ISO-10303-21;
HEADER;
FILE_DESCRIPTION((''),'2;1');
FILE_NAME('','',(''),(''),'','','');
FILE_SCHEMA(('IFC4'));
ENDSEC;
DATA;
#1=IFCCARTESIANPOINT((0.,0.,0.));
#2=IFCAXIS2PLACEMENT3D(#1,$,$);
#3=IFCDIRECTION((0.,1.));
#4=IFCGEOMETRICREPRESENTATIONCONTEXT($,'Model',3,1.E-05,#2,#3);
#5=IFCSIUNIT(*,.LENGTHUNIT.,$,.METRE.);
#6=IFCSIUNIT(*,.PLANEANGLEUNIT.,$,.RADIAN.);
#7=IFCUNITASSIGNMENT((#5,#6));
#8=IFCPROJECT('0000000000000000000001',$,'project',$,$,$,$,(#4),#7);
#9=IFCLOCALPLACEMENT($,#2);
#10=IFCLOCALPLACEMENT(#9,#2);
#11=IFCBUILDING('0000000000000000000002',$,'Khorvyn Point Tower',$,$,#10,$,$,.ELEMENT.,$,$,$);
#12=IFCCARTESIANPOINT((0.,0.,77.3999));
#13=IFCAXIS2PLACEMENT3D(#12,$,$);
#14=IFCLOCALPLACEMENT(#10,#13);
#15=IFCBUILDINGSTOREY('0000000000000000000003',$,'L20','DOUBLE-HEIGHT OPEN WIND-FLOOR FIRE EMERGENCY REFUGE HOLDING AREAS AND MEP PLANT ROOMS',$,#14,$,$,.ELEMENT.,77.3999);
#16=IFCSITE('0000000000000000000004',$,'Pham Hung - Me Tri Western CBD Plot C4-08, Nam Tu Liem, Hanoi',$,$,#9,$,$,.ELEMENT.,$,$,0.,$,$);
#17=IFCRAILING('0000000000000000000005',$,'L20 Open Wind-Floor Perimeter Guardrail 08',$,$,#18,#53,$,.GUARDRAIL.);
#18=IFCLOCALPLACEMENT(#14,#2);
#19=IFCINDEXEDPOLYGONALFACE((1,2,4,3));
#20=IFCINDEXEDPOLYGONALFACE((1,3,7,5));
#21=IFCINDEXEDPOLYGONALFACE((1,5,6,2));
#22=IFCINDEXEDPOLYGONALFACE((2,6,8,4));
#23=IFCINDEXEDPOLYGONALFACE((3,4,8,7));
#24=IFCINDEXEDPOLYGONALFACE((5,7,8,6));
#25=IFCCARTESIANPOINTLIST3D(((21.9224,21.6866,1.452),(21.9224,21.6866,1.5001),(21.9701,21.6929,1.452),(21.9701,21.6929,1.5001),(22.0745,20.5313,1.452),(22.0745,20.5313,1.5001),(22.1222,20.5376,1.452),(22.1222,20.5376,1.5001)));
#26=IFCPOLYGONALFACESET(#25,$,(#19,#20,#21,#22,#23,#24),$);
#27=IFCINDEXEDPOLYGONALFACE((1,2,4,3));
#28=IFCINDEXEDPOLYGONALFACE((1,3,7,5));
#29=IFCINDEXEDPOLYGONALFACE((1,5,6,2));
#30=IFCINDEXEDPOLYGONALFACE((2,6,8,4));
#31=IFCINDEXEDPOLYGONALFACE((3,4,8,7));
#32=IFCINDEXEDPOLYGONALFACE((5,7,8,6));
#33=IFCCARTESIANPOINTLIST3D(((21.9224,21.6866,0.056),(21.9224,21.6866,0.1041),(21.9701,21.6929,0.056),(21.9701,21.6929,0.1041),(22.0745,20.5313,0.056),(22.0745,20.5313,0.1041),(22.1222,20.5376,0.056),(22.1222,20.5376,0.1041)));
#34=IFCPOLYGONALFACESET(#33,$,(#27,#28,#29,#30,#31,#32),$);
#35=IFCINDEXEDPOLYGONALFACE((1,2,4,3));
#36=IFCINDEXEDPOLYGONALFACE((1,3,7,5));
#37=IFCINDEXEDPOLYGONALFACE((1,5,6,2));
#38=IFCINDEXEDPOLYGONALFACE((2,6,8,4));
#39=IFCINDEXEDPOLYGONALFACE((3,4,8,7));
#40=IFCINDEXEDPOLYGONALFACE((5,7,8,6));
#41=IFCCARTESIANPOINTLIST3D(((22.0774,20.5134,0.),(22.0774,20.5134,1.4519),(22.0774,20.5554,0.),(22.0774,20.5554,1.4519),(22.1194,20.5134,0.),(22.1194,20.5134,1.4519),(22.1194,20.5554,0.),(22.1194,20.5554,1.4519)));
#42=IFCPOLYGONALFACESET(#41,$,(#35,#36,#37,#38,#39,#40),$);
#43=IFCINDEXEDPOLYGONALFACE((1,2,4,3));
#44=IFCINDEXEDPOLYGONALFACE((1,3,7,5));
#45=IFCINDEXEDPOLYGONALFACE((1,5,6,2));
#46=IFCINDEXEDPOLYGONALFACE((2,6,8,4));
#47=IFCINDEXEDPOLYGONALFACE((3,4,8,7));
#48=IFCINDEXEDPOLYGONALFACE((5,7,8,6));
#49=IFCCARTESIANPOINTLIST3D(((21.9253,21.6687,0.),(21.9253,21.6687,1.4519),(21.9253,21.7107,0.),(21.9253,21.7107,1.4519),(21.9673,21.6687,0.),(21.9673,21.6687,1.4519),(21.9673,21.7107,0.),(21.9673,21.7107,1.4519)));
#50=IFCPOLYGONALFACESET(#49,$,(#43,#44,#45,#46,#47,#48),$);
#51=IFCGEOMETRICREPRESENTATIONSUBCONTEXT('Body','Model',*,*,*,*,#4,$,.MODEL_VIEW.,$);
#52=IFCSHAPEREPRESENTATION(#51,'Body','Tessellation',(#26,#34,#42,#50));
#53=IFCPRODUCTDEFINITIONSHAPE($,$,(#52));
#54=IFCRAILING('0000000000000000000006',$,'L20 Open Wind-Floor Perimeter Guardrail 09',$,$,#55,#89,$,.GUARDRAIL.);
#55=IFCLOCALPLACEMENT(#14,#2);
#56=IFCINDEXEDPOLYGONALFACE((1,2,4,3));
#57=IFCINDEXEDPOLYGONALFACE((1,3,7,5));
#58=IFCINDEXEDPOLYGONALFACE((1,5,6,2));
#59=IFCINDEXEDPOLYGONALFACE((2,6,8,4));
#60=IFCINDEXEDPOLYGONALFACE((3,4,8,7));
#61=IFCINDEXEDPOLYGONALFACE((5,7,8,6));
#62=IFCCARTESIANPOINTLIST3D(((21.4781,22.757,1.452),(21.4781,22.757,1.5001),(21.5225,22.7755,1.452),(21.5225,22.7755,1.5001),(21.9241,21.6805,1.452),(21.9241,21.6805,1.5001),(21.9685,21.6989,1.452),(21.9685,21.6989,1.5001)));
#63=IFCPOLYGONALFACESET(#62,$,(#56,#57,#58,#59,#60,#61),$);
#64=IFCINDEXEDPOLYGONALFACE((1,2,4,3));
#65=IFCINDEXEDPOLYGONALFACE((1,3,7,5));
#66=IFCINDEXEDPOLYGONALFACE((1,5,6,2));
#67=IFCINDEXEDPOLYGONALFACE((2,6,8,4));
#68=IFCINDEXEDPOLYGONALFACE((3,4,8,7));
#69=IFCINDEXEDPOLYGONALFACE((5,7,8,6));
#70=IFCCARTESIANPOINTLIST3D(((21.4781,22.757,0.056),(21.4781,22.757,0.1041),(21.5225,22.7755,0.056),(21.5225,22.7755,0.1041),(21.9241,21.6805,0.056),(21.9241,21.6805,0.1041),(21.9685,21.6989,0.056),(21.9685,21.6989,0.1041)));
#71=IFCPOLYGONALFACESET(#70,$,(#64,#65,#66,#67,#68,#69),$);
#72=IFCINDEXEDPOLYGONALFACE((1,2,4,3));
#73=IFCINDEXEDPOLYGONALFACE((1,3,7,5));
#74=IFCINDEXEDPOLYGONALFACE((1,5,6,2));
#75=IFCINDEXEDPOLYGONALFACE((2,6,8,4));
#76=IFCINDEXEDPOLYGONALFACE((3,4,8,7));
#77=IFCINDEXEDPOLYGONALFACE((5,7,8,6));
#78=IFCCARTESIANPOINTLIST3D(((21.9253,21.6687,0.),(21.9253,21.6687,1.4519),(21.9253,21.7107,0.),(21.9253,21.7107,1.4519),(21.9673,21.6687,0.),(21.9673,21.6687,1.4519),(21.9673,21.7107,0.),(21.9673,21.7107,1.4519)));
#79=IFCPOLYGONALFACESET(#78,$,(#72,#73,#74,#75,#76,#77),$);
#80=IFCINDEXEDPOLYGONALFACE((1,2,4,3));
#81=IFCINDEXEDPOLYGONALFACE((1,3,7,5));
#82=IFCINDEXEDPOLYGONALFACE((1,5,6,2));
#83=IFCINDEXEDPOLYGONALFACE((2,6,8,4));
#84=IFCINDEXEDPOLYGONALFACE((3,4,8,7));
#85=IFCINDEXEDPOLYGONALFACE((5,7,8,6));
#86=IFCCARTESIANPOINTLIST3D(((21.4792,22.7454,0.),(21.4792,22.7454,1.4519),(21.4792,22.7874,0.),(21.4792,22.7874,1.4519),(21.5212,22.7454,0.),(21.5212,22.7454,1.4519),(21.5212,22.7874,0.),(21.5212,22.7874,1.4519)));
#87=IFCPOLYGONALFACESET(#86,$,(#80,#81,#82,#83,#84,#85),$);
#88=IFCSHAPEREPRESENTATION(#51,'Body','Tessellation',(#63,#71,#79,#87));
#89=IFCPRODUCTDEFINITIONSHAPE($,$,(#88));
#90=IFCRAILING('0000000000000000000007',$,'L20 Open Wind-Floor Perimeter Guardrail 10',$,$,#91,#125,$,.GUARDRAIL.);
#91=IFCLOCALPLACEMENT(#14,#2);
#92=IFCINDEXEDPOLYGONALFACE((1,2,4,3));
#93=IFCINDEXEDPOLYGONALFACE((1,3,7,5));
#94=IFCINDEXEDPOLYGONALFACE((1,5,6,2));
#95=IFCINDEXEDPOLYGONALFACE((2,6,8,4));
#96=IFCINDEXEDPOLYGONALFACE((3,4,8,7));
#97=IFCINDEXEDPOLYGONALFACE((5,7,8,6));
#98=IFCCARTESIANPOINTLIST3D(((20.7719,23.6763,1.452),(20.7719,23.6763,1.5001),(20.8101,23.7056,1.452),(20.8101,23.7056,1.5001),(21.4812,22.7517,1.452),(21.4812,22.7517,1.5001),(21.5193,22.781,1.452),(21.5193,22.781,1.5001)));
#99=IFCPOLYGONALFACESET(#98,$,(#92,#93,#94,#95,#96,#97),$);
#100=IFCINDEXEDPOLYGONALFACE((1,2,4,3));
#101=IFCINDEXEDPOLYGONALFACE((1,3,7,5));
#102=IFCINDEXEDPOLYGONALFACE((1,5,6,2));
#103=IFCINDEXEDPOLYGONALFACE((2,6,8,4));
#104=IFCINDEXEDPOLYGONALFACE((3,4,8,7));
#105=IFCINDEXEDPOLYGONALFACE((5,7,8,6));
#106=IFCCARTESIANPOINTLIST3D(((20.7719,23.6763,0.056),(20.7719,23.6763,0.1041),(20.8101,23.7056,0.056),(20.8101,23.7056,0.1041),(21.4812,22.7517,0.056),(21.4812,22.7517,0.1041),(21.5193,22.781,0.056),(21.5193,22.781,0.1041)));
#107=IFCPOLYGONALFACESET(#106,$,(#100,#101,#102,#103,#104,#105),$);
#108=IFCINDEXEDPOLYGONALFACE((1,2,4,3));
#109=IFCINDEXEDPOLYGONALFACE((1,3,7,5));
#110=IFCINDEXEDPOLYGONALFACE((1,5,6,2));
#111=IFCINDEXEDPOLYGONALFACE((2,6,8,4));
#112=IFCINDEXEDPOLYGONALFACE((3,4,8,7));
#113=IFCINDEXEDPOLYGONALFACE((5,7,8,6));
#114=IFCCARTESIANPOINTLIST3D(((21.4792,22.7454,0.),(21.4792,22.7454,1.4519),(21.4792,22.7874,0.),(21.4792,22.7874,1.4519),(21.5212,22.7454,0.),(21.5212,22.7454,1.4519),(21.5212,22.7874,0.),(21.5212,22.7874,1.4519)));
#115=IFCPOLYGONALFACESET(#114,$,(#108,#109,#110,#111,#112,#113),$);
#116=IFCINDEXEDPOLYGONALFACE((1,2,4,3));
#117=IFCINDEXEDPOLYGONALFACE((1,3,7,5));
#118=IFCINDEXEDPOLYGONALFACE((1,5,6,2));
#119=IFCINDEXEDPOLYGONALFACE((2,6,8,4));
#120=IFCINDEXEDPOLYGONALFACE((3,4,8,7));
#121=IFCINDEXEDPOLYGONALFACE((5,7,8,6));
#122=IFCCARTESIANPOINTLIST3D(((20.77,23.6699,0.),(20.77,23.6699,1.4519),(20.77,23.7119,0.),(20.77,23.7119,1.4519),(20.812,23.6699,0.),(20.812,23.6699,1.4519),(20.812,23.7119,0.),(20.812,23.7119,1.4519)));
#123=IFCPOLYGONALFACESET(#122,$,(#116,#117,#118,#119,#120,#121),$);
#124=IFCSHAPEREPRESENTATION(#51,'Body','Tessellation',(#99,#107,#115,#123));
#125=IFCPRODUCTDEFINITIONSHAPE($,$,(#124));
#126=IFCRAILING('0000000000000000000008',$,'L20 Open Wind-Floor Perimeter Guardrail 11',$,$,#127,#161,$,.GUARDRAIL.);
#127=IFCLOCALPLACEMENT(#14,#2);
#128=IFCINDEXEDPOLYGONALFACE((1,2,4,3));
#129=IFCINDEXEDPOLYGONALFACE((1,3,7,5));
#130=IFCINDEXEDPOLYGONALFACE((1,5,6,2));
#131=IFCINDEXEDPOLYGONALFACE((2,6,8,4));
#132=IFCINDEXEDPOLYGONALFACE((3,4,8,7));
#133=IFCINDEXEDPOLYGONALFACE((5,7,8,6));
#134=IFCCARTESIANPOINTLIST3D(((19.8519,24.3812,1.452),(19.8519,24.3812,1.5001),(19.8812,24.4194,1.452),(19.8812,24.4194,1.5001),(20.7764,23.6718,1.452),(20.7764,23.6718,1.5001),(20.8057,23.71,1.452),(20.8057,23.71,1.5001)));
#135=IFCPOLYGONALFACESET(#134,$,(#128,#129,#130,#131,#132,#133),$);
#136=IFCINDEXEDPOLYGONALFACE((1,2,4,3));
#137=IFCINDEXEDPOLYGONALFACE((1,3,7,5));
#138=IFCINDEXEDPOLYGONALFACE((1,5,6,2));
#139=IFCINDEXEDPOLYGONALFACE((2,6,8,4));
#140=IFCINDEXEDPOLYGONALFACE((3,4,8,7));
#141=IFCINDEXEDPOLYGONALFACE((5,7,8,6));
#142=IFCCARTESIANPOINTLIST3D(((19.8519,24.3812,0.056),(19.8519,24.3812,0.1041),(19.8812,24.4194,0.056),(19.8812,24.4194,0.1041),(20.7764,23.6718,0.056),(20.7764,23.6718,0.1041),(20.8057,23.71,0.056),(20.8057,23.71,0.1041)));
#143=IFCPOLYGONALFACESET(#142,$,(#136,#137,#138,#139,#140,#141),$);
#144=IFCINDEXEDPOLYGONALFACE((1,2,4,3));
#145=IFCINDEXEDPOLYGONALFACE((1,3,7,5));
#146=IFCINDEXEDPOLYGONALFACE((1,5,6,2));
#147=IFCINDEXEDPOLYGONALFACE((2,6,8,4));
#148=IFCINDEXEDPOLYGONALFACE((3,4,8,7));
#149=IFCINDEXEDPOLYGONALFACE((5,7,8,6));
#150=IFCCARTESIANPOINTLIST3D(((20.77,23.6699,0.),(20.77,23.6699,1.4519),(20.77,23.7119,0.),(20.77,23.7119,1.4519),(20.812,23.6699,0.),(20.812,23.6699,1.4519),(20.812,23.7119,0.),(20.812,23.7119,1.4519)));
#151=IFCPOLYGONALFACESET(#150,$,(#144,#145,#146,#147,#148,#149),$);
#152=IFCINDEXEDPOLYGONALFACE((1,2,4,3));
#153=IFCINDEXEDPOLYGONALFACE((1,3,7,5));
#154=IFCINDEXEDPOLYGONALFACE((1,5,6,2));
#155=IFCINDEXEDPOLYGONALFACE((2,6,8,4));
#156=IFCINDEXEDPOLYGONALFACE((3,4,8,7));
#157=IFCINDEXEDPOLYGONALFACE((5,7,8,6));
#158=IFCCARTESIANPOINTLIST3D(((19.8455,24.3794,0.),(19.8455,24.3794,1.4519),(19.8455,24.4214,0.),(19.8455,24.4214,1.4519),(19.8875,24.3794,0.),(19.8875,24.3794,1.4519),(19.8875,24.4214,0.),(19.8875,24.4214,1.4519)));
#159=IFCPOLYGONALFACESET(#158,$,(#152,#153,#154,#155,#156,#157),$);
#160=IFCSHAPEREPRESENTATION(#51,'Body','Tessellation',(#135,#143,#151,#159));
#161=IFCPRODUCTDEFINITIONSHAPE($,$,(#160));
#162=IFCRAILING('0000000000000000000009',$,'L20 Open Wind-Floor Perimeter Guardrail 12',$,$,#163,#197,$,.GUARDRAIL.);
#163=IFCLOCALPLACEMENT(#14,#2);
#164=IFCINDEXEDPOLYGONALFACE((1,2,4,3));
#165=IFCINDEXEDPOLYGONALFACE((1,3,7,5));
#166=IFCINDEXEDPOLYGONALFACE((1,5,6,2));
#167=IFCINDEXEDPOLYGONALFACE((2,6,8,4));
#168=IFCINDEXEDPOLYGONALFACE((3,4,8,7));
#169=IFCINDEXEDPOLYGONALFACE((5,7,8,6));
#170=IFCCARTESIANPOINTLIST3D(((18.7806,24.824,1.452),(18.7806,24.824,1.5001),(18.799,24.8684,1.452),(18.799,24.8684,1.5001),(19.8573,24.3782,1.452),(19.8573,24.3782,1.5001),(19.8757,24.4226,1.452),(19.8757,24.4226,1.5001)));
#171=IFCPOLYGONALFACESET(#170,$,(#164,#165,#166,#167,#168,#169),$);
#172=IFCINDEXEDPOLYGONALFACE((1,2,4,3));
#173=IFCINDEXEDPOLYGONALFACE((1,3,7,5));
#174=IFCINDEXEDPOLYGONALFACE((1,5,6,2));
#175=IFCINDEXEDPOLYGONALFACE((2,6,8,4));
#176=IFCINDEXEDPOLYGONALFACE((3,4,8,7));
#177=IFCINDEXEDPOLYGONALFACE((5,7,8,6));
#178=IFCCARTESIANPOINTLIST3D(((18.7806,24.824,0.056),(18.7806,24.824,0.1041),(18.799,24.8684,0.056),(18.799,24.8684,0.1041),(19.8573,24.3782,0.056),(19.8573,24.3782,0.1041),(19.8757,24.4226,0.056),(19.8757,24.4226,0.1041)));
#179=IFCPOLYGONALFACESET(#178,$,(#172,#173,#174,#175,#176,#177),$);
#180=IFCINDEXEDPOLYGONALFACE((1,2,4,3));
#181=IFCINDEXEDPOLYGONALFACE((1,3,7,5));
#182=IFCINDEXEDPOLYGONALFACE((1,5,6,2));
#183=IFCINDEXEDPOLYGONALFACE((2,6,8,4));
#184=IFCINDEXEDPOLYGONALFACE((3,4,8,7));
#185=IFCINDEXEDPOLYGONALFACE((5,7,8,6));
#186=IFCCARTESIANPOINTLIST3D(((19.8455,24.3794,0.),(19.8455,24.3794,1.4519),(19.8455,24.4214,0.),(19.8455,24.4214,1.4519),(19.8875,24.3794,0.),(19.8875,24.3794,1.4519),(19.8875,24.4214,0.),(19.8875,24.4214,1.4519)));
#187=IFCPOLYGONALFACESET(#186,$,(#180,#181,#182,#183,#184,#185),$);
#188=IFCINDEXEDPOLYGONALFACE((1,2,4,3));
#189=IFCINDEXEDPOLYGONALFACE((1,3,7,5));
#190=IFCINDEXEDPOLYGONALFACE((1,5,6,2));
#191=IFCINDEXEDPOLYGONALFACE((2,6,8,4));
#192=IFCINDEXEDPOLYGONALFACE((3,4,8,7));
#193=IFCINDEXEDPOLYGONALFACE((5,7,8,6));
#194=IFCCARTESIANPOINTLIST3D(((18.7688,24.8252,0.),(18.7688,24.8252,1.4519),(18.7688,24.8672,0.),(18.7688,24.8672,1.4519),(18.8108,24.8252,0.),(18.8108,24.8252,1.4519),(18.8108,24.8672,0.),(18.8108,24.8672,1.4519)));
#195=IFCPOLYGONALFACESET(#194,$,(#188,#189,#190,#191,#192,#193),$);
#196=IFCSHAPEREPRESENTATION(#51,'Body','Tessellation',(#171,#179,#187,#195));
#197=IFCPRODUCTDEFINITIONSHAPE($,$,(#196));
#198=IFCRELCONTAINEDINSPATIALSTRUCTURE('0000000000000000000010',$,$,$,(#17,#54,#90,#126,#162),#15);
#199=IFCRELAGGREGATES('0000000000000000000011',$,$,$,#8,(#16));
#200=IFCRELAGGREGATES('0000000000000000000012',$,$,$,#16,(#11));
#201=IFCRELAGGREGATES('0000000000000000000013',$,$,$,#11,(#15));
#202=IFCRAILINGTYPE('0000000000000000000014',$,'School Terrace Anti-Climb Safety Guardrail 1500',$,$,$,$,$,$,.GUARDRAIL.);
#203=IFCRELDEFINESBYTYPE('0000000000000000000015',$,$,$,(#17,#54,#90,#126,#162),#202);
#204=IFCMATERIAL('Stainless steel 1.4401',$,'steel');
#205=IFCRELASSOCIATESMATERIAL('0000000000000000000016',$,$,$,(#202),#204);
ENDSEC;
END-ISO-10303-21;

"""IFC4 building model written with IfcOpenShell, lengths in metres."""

from ifc_helpers import new_model, si_unit, direction, frame, origin, origin_2d, place, context, subcontext, project, spatial, rectangle, extrude, material, type_object, element, save


model = new_model("IFC4")

# Units and contexts
model_context = context("Model", 3, precision=1e-05, world=origin(), true_north=direction((0.0, 1.0)))
body_context = subcontext(model_context, "Body", "Model", "MODEL_VIEW")
ifc_project = project(units=[si_unit("LENGTHUNIT", "METRE"), si_unit("PLANEANGLEUNIT", "RADIAN")], contexts=[model_context])

# Site, building, storey
site_placement = place(None, origin())
site = spatial("IfcSite", under=ifc_project, at=site_placement, Name="Pham Hung - Me Tri Western CBD Plot C4-08, Nam Tu Liem, Hanoi", CompositionType="ELEMENT", RefElevation=0.0)
building_placement = place(site_placement, origin())
building = spatial("IfcBuilding", under=site, at=building_placement, Name="Khorvyn Point Tower", CompositionType="ELEMENT")
storey_placement = place(building_placement, frame((0.0, 0.0, 77.3999)))
storey = spatial("IfcBuildingStorey", under=building, at=storey_placement, Name="L20", Description="DOUBLE-HEIGHT OPEN WIND-FLOOR FIRE EMERGENCY REFUGE HOLDING AREAS AND MEP PLANT ROOMS", CompositionType="ELEMENT", Elevation=77.3999)

# Railings
ifc_material_1 = material(Name="Stainless steel 1.4401", Category="steel")
railing_type = type_object("IfcRailingType", Name="School Terrace Anti-Climb Safety Guardrail 1500", PredefinedType="GUARDRAIL", material=ifc_material_1)
railing_1_placement = place(storey_placement, frame((22.0984, 20.5344, 0.0)))
element("IfcRailing", 1, at=railing_1_placement, inside=storey, type_object=railing_type, Name="L20 Open Wind-Floor Perimeter Guardrail 08", PredefinedType="GUARDRAIL", context=body_context, shape_type="SweptSolid", body=[
    extrude(rectangle(XDim=0.0481, YDim=0.0481, at=origin_2d()), frame((0.0, 0.0, 1.4761), z_axis=(-0.13053, 0.991444, 0.0), x_axis=(-0.991444, -0.13053, 0.0)), (0.0, 0.0, 1.0), 1.1653),
    extrude(rectangle(XDim=0.0481, YDim=0.0481, at=origin_2d()), frame((0.0, 0.0, 0.0801), z_axis=(-0.13053, 0.991444, 0.0), x_axis=(-0.991444, -0.13053, 0.0)), (0.0, 0.0, 1.0), 1.1653),
    extrude(rectangle(XDim=0.042, YDim=0.042, at=origin_2d()), origin(), (0.0, 0.0, 1.0), 1.4519),
    extrude(rectangle(XDim=0.042, YDim=0.042, at=origin_2d()), frame((-0.1521, 1.1553, 0.0)), (0.0, 0.0, 1.0), 1.4519),
])
railing_2_placement = place(storey_placement, frame((21.9463, 21.6897, 0.0)))
element("IfcRailing", 2, at=railing_2_placement, inside=storey, type_object=railing_type, Name="L20 Open Wind-Floor Perimeter Guardrail 09", PredefinedType="GUARDRAIL", context=body_context, shape_type="SweptSolid", body=[
    extrude(rectangle(XDim=0.0481, YDim=0.0481, at=origin_2d()), frame((0.0, 0.0, 1.4761), z_axis=(-0.38274, 0.923856, 0.0), x_axis=(-0.923856, -0.38274, 0.0)), (0.0, 0.0, 1.0), 1.1653),
    extrude(rectangle(XDim=0.0481, YDim=0.0481, at=origin_2d()), frame((0.0, 0.0, 0.0801), z_axis=(-0.38274, 0.923856, 0.0), x_axis=(-0.923856, -0.38274, 0.0)), (0.0, 0.0, 1.0), 1.1653),
    extrude(rectangle(XDim=0.042, YDim=0.042, at=origin_2d()), origin(), (0.0, 0.0, 1.0), 1.4519),
    extrude(rectangle(XDim=0.042, YDim=0.042, at=origin_2d()), frame((-0.446, 1.0767, 0.0)), (0.0, 0.0, 1.0), 1.4519),
])
railing_3_placement = place(storey_placement, frame((21.5002, 22.7664, 0.0)))
element("IfcRailing", 3, at=railing_3_placement, inside=storey, type_object=railing_type, Name="L20 Open Wind-Floor Perimeter Guardrail 10", PredefinedType="GUARDRAIL", context=body_context, shape_type="SweptSolid", body=[
    extrude(rectangle(XDim=0.0481, YDim=0.0481, at=origin_2d()), frame((0.0, 0.0, 1.4761), z_axis=(-0.608647, 0.793441, 0.0), x_axis=(-0.793441, -0.608647, 0.0)), (0.0, 0.0, 1.0), 1.1653),
    extrude(rectangle(XDim=0.0481, YDim=0.0481, at=origin_2d()), frame((0.0, 0.0, 0.0801), z_axis=(-0.608647, 0.793441, 0.0), x_axis=(-0.793441, -0.608647, 0.0)), (0.0, 0.0, 1.0), 1.1653),
    extrude(rectangle(XDim=0.042, YDim=0.042, at=origin_2d()), origin(), (0.0, 0.0, 1.0), 1.4519),
    extrude(rectangle(XDim=0.042, YDim=0.042, at=origin_2d()), frame((-0.7092, 0.9246, 0.0)), (0.0, 0.0, 1.0), 1.4519),
])
railing_4_placement = place(storey_placement, frame((20.791, 23.6909, 0.0)))
element("IfcRailing", 4, at=railing_4_placement, inside=storey, type_object=railing_type, Name="L20 Open Wind-Floor Perimeter Guardrail 11", PredefinedType="GUARDRAIL", context=body_context, shape_type="SweptSolid", body=[
    extrude(rectangle(XDim=0.0481, YDim=0.0481, at=origin_2d()), frame((0.0, 0.0, 1.4761), z_axis=(-0.79334, 0.608779, 0.0), x_axis=(-0.608779, -0.79334, 0.0)), (0.0, 0.0, 1.0), 1.1653),
    extrude(rectangle(XDim=0.0481, YDim=0.0481, at=origin_2d()), frame((0.0, 0.0, 0.0801), z_axis=(-0.79334, 0.608779, 0.0), x_axis=(-0.608779, -0.79334, 0.0)), (0.0, 0.0, 1.0), 1.1653),
    extrude(rectangle(XDim=0.042, YDim=0.042, at=origin_2d()), origin(), (0.0, 0.0, 1.0), 1.4519),
    extrude(rectangle(XDim=0.042, YDim=0.042, at=origin_2d()), frame((-0.9246, 0.7095, 0.0)), (0.0, 0.0, 1.0), 1.4519),
])
railing_5_placement = place(storey_placement, frame((19.8665, 24.4004, 0.0)))
element("IfcRailing", 5, at=railing_5_placement, inside=storey, type_object=railing_type, Name="L20 Open Wind-Floor Perimeter Guardrail 12", PredefinedType="GUARDRAIL", context=body_context, shape_type="SweptSolid", body=[
    extrude(rectangle(XDim=0.0481, YDim=0.0481, at=origin_2d()), frame((0.0, 0.0, 1.4761), z_axis=(-0.92393, 0.382562, 0.0), x_axis=(-0.382562, -0.92393, 0.0)), (0.0, 0.0, 1.0), 1.1653),
    extrude(rectangle(XDim=0.0481, YDim=0.0481, at=origin_2d()), frame((0.0, 0.0, 0.0801), z_axis=(-0.92393, 0.382562, 0.0), x_axis=(-0.382562, -0.92393, 0.0)), (0.0, 0.0, 1.0), 1.1653),
    extrude(rectangle(XDim=0.042, YDim=0.042, at=origin_2d()), origin(), (0.0, 0.0, 1.0), 1.4519),
    extrude(rectangle(XDim=0.042, YDim=0.042, at=origin_2d()), frame((-1.0767, 0.4458, 0.0)), (0.0, 0.0, 1.0), 1.4519),
])

save(model, "model.ifc")
